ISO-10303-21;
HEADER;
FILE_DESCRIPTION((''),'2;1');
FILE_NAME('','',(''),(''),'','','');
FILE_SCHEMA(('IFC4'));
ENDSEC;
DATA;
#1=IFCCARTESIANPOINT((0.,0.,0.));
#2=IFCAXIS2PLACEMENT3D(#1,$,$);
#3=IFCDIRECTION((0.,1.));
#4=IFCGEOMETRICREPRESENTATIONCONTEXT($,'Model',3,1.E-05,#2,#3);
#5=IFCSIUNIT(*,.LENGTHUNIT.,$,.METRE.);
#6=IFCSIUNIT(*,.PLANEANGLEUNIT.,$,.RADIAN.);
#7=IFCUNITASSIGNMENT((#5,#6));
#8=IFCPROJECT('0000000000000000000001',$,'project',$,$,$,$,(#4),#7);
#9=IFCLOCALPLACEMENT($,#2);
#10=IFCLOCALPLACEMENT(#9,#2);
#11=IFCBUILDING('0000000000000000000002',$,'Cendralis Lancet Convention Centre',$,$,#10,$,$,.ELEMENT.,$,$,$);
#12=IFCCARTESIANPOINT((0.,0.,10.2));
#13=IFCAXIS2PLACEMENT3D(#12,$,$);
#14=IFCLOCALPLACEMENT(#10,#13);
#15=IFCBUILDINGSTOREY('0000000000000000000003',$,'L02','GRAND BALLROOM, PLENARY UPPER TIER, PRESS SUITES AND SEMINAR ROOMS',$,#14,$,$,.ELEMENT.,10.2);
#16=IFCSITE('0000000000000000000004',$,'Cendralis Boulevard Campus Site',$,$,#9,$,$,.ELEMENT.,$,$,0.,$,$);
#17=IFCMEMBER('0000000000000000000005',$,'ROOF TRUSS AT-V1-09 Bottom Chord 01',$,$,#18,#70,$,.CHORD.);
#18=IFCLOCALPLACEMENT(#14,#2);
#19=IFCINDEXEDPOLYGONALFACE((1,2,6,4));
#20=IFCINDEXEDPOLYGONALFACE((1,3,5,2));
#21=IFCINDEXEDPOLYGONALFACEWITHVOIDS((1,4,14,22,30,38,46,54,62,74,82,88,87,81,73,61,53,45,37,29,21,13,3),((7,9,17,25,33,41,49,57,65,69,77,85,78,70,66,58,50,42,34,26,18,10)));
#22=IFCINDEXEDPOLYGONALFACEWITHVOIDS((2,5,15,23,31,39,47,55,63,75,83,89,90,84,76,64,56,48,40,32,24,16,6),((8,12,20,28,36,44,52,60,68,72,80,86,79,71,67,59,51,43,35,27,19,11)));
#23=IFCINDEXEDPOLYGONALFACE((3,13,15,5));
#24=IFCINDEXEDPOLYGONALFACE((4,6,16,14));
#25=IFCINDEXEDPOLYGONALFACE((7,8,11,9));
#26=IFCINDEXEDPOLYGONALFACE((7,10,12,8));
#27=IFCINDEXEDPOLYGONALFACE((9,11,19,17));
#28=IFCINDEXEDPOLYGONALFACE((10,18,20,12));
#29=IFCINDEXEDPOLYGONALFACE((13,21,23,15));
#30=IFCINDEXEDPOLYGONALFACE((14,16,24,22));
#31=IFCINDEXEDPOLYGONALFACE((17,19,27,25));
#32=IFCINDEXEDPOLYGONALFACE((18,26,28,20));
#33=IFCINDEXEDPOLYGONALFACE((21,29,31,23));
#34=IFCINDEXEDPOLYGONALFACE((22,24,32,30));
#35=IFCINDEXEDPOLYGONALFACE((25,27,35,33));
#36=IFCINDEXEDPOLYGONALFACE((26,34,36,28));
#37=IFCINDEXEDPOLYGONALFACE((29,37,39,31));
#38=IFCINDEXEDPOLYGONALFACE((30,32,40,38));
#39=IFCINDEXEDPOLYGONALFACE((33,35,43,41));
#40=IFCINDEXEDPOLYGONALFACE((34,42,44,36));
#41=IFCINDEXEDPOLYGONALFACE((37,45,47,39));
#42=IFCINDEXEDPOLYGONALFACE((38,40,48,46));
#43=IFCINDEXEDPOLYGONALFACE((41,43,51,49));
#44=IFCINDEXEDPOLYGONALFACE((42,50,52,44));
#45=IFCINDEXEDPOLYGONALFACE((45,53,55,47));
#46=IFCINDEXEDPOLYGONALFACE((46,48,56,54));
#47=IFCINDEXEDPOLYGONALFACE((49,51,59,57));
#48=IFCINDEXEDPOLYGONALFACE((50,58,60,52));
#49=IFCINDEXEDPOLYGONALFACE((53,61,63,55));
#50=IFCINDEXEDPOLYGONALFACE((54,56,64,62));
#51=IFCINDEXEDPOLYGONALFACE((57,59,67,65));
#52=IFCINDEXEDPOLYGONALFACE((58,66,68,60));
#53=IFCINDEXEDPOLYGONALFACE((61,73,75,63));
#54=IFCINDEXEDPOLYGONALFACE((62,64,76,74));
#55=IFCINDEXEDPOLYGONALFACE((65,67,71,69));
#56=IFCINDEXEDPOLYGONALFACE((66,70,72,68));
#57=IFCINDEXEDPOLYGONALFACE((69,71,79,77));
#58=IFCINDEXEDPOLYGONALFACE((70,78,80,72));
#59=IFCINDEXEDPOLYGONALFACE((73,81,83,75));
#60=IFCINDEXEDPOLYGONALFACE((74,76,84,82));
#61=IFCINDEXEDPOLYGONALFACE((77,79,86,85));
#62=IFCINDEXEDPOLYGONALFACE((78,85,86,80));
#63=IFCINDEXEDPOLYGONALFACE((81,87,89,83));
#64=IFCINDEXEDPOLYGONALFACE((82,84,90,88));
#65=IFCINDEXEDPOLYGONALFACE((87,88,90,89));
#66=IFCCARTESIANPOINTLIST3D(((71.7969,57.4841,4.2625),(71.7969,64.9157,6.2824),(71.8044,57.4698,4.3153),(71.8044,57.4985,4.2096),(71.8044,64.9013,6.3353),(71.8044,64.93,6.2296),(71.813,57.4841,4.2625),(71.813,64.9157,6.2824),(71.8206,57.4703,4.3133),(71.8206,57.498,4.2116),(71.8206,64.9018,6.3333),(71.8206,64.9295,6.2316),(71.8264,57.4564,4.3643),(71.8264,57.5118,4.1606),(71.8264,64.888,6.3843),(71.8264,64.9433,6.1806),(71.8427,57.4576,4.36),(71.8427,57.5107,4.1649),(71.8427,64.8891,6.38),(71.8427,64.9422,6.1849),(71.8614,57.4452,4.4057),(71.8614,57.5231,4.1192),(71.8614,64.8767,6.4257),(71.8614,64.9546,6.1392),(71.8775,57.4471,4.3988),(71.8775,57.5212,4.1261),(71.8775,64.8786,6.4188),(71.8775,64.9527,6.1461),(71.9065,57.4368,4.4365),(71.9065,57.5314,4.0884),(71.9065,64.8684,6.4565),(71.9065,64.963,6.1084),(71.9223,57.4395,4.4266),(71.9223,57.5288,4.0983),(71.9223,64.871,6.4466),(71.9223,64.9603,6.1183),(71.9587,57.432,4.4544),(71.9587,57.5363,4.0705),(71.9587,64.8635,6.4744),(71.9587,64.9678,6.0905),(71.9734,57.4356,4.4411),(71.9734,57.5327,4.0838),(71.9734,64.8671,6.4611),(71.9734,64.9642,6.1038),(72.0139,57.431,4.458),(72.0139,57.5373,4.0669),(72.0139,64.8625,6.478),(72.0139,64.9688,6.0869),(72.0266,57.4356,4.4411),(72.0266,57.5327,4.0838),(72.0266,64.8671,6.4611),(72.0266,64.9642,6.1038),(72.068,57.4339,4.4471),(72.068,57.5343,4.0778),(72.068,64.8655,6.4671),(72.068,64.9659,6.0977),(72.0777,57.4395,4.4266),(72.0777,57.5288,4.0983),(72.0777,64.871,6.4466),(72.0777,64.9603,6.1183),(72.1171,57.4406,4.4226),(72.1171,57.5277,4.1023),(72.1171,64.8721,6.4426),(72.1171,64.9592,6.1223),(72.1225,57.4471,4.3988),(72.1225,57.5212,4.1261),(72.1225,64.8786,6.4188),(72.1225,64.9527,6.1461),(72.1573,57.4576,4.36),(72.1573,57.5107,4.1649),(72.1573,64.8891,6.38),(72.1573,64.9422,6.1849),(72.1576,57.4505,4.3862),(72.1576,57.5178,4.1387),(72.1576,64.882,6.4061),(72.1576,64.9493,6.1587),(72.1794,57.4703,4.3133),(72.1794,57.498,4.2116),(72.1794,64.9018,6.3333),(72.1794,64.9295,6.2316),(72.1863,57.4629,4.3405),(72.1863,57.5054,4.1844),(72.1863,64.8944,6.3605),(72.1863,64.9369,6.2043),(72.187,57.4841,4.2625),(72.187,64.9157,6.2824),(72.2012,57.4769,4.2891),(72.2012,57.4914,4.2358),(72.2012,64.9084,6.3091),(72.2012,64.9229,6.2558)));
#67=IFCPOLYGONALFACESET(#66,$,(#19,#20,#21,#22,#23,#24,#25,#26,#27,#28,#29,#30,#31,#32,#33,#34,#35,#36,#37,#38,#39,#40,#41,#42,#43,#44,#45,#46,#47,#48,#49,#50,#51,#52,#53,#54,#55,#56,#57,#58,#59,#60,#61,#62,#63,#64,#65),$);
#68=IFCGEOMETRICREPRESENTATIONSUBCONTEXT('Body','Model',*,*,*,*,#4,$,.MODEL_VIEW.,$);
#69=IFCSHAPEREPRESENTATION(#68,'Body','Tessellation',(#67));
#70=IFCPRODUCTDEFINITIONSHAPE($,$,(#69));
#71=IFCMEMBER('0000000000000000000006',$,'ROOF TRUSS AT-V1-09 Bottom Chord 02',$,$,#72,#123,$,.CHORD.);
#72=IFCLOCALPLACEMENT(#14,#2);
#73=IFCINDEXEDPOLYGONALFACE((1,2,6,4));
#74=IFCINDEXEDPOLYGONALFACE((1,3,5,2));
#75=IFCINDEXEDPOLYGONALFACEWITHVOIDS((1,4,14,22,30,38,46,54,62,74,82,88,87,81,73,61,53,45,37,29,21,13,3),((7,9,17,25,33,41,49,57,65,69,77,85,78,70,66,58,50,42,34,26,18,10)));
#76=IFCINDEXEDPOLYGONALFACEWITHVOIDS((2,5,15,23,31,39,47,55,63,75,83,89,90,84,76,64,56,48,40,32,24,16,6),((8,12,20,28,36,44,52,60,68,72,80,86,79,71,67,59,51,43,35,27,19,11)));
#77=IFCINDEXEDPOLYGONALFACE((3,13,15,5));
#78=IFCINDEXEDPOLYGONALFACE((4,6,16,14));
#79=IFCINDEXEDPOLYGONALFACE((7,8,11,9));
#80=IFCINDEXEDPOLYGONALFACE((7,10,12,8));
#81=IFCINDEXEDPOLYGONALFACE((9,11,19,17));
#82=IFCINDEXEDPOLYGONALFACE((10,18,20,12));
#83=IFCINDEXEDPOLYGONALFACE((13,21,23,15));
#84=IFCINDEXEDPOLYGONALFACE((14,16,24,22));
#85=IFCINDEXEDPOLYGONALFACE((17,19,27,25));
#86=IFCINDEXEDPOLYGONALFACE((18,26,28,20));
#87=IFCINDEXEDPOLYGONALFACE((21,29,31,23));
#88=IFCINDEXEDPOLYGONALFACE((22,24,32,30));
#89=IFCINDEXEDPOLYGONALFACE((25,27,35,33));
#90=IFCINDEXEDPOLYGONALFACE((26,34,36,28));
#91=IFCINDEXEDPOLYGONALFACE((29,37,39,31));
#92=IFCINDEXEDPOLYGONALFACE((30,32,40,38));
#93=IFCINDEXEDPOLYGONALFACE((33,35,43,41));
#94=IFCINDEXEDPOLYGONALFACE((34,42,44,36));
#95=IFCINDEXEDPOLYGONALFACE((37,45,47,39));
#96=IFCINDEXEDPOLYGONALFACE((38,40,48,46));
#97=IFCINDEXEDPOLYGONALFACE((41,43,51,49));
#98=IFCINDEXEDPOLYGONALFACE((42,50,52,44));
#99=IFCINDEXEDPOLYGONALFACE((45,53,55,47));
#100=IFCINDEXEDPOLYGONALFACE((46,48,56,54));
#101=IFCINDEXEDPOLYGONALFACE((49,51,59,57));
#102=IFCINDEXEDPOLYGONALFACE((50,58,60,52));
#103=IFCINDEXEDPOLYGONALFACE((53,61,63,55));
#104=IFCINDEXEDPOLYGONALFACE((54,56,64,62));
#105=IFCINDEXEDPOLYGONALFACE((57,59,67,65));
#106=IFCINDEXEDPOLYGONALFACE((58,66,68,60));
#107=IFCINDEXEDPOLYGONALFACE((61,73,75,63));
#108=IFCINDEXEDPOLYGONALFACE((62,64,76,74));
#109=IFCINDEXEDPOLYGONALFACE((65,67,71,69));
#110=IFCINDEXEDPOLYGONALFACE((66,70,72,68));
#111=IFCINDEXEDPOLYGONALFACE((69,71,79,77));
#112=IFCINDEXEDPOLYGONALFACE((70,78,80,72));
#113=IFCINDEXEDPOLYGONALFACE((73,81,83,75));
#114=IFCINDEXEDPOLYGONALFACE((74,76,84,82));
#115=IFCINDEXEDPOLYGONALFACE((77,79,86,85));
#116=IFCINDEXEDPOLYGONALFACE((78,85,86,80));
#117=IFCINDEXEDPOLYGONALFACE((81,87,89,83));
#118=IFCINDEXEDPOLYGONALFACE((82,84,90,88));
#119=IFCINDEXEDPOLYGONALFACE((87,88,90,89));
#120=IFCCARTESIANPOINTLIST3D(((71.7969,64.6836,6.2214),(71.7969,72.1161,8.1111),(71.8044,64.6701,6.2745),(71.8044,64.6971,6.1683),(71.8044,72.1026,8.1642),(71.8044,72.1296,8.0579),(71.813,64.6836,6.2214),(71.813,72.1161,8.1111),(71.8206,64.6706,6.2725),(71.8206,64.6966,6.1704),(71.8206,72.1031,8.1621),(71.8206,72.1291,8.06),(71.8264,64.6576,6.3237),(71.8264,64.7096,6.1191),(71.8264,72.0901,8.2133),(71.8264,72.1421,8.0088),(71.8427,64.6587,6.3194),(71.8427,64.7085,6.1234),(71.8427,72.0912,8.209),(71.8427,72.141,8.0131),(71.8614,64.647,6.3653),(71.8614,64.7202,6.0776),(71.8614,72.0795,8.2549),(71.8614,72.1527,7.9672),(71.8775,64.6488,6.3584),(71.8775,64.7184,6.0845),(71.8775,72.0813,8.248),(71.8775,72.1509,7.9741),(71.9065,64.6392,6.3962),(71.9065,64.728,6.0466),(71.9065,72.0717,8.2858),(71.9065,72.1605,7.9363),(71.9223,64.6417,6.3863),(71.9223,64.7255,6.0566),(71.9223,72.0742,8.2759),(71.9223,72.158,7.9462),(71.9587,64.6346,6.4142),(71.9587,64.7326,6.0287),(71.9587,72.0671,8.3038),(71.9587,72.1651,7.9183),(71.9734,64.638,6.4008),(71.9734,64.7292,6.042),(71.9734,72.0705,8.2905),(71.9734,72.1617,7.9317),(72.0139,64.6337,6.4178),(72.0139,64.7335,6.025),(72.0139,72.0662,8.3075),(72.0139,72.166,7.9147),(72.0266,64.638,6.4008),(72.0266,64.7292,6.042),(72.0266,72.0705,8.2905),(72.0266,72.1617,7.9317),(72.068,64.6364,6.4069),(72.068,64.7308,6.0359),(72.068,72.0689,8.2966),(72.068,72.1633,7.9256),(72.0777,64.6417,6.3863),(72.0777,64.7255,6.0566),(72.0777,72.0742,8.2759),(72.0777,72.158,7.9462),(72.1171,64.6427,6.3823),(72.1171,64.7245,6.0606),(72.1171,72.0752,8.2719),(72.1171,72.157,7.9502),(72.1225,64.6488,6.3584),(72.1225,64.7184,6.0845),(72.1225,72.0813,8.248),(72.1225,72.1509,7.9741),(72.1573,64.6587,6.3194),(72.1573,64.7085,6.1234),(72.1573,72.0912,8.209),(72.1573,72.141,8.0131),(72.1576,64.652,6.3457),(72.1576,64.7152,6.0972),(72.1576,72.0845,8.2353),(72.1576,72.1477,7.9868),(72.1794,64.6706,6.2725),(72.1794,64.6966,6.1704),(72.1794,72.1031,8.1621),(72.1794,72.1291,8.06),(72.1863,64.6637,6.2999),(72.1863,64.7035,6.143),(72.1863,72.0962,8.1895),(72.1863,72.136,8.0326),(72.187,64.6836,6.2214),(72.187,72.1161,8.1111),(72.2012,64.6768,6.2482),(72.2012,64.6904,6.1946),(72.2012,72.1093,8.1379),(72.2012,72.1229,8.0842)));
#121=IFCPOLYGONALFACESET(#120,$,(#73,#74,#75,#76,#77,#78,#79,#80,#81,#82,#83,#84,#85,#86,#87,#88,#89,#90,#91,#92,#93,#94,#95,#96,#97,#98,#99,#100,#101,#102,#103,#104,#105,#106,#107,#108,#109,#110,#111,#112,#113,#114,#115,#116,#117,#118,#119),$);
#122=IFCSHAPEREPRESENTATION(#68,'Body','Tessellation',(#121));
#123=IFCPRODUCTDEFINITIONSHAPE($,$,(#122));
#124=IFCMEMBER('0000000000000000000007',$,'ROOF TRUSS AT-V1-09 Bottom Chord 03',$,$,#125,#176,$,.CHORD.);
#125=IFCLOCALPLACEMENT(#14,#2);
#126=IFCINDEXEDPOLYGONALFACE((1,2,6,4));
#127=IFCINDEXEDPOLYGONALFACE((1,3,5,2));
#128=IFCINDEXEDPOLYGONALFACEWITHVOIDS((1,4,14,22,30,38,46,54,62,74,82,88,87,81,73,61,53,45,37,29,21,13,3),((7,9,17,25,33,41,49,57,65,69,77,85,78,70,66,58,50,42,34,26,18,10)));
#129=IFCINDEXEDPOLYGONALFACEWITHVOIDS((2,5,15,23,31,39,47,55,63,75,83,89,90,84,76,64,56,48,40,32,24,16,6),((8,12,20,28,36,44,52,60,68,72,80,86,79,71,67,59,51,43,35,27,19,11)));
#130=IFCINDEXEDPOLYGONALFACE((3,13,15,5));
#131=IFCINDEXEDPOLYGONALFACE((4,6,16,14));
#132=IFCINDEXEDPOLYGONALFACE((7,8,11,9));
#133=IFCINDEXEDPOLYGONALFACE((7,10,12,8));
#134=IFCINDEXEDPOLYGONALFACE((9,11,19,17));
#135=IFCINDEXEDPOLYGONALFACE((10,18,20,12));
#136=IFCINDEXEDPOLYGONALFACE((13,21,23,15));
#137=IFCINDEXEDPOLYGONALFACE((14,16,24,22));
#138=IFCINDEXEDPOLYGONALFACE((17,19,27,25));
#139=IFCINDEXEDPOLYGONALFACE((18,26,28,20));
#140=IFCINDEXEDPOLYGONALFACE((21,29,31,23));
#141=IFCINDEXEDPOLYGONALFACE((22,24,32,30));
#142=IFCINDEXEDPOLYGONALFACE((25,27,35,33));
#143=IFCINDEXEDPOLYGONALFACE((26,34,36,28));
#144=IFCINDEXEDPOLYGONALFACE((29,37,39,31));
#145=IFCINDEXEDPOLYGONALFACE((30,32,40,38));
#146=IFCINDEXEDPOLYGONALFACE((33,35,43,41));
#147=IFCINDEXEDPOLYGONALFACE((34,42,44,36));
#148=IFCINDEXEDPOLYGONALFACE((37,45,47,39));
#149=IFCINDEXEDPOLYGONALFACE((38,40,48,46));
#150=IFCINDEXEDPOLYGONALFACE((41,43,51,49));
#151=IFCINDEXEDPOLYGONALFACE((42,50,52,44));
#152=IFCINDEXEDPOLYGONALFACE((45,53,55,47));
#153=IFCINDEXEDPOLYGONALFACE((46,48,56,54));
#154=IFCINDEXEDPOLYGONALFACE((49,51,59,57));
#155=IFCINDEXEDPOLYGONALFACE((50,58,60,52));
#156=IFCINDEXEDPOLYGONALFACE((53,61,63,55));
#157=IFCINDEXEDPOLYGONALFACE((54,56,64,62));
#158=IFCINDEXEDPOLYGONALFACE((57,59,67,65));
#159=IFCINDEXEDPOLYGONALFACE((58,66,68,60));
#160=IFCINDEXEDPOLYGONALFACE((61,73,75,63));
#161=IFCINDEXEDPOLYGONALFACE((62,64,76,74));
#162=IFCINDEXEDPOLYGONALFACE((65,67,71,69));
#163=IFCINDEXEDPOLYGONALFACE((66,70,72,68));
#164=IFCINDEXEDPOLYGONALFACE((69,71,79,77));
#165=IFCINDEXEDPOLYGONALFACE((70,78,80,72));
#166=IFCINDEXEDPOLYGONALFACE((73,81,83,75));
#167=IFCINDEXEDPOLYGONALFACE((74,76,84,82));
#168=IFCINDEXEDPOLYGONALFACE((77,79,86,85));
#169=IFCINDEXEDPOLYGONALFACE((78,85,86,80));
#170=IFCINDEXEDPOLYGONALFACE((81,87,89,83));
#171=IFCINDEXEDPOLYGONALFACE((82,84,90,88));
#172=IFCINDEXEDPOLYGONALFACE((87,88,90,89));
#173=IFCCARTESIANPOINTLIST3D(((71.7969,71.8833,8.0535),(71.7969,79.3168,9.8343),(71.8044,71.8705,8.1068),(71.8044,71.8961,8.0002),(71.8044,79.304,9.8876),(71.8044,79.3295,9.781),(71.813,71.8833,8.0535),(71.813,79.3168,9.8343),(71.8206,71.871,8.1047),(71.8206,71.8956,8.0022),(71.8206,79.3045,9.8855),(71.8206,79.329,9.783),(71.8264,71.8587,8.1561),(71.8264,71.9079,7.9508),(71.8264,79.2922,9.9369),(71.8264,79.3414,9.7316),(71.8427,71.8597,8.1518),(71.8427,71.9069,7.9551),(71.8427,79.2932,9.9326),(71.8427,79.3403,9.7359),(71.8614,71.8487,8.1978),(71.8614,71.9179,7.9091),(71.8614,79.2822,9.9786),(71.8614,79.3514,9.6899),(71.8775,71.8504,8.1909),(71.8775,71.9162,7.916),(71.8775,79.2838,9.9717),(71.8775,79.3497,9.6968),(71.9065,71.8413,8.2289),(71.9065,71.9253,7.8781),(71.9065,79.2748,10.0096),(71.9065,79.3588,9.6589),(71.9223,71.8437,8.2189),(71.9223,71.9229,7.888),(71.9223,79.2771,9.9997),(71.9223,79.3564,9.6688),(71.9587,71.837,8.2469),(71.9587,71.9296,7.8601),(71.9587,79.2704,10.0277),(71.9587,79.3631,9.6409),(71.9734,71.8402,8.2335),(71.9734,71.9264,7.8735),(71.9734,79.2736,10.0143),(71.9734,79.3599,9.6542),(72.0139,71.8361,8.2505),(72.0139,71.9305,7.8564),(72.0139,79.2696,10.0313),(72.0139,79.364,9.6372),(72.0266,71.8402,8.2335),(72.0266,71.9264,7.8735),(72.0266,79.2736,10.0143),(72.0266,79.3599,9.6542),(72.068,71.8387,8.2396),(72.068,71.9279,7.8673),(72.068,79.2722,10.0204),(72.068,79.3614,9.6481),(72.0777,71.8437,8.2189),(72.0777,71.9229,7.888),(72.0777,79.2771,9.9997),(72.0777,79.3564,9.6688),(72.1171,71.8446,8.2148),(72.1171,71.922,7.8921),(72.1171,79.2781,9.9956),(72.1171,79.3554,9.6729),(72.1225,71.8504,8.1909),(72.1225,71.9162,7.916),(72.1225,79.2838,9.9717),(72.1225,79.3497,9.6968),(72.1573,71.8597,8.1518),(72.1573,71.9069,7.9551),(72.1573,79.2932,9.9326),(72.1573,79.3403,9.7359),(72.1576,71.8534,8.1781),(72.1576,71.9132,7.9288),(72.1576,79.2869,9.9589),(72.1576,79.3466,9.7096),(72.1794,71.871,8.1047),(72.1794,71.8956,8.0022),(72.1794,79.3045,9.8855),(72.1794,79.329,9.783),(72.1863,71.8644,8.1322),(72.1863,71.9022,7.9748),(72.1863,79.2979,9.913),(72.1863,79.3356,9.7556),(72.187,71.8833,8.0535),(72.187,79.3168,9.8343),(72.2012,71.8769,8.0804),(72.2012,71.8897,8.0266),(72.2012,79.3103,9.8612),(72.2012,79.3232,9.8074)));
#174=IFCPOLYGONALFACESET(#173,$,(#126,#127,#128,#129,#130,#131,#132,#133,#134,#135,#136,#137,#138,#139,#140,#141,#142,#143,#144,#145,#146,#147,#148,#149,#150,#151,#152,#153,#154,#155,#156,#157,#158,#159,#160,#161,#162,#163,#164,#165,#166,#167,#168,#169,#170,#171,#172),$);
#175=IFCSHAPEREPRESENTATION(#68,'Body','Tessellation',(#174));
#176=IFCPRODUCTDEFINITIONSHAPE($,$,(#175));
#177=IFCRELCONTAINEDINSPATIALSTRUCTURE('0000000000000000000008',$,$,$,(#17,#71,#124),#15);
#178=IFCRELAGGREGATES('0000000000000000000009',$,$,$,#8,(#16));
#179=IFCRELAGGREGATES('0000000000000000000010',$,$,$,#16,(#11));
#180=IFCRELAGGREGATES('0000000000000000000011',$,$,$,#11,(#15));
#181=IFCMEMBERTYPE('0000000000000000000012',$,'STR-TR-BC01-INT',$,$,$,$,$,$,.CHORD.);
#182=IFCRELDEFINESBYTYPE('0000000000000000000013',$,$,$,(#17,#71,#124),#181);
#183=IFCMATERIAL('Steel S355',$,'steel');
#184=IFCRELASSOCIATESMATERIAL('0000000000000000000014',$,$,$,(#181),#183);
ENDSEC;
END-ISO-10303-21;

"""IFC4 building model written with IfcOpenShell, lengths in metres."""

from ifc_helpers import new_model, si_unit, direction, frame, origin, origin_2d, place, context, subcontext, project, spatial, hollow_circle, extrude, material, material_profile, profile_set, type_object, element, save


model = new_model("IFC4")

# Units and contexts
model_context = context("Model", 3, precision=1e-05, world=origin(), true_north=direction((0.0, 1.0)))
body_context = subcontext(model_context, "Body", "Model", "MODEL_VIEW")
ifc_project = project(units=[si_unit("LENGTHUNIT", "METRE"), si_unit("PLANEANGLEUNIT", "RADIAN")], contexts=[model_context])

# Site, building, storey
site_placement = place(None, origin())
site = spatial("IfcSite", under=ifc_project, at=site_placement, Name="Cendralis Boulevard Campus Site", CompositionType="ELEMENT", RefElevation=0.0)
building_placement = place(site_placement, origin())
building = spatial("IfcBuilding", under=site, at=building_placement, Name="Cendralis Lancet Convention Centre", CompositionType="ELEMENT")
storey_placement = place(building_placement, frame((0.0, 0.0, 10.2)))
storey = spatial("IfcBuildingStorey", under=building, at=storey_placement, Name="L02", Description="GRAND BALLROOM, PLENARY UPPER TIER, PRESS SUITES AND SEMINAR ROOMS", CompositionType="ELEMENT", Elevation=10.2)

# Members
ifc_material = material(Name="Steel S355", Category="steel")
ifc_material_profile_1 = material_profile(ifc_material, hollow_circle(Radius=0.2031, WallThickness=0.0161, at=origin_2d()), Name="CHS 406.4x16.0")
ifc_profile_set_1 = profile_set([ifc_material_profile_1], Name="Steel S355")
member_type_1 = type_object("IfcMemberType", Name="STR-TR-BC01-INT", PredefinedType="CHORD", material=ifc_profile_set_1)
member_1_placement = place(storey_placement, frame((72.0, 57.4841, 4.2625), z_axis=(0.0, 0.964987, 0.262296), x_axis=(-1.0, 0.0, 0.0)))
element("IfcMember", 1, at=member_1_placement, inside=storey, type_object=member_type_1, Name="ROOF TRUSS AT-V1-09 Bottom Chord 01", PredefinedType="CHORD", context=body_context, shape_type="SweptSolid", body=[
    extrude(hollow_circle(Radius=0.2031, WallThickness=0.0161, at=origin_2d()), origin(), (0.0, 0.0, 1.0), 7.7012),
])
member_2_placement = place(storey_placement, frame((72.0, 64.6836, 6.2214), z_axis=(0.0, 0.969169, 0.246399), x_axis=(-1.0, 0.0, 0.0)))
element("IfcMember", 2, at=member_2_placement, inside=storey, type_object=member_type_1, Name="ROOF TRUSS AT-V1-09 Bottom Chord 02", PredefinedType="CHORD", context=body_context, shape_type="SweptSolid", body=[
    extrude(hollow_circle(Radius=0.2031, WallThickness=0.0161, at=origin_2d()), origin(), (0.0, 0.0, 1.0), 7.6689),
])
member_3_placement = place(storey_placement, frame((72.0, 71.8833, 8.0535), z_axis=(0.0, 0.972483, 0.232972), x_axis=(-1.0, 0.0, 0.0)))
element("IfcMember", 3, at=member_3_placement, inside=storey, type_object=member_type_1, Name="ROOF TRUSS AT-V1-09 Bottom Chord 03", PredefinedType="CHORD", context=body_context, shape_type="SweptSolid", body=[
    extrude(hollow_circle(Radius=0.2031, WallThickness=0.0161, at=origin_2d()), origin(), (0.0, 0.0, 1.0), 7.6438),
])

save(model, "model.ifc")
